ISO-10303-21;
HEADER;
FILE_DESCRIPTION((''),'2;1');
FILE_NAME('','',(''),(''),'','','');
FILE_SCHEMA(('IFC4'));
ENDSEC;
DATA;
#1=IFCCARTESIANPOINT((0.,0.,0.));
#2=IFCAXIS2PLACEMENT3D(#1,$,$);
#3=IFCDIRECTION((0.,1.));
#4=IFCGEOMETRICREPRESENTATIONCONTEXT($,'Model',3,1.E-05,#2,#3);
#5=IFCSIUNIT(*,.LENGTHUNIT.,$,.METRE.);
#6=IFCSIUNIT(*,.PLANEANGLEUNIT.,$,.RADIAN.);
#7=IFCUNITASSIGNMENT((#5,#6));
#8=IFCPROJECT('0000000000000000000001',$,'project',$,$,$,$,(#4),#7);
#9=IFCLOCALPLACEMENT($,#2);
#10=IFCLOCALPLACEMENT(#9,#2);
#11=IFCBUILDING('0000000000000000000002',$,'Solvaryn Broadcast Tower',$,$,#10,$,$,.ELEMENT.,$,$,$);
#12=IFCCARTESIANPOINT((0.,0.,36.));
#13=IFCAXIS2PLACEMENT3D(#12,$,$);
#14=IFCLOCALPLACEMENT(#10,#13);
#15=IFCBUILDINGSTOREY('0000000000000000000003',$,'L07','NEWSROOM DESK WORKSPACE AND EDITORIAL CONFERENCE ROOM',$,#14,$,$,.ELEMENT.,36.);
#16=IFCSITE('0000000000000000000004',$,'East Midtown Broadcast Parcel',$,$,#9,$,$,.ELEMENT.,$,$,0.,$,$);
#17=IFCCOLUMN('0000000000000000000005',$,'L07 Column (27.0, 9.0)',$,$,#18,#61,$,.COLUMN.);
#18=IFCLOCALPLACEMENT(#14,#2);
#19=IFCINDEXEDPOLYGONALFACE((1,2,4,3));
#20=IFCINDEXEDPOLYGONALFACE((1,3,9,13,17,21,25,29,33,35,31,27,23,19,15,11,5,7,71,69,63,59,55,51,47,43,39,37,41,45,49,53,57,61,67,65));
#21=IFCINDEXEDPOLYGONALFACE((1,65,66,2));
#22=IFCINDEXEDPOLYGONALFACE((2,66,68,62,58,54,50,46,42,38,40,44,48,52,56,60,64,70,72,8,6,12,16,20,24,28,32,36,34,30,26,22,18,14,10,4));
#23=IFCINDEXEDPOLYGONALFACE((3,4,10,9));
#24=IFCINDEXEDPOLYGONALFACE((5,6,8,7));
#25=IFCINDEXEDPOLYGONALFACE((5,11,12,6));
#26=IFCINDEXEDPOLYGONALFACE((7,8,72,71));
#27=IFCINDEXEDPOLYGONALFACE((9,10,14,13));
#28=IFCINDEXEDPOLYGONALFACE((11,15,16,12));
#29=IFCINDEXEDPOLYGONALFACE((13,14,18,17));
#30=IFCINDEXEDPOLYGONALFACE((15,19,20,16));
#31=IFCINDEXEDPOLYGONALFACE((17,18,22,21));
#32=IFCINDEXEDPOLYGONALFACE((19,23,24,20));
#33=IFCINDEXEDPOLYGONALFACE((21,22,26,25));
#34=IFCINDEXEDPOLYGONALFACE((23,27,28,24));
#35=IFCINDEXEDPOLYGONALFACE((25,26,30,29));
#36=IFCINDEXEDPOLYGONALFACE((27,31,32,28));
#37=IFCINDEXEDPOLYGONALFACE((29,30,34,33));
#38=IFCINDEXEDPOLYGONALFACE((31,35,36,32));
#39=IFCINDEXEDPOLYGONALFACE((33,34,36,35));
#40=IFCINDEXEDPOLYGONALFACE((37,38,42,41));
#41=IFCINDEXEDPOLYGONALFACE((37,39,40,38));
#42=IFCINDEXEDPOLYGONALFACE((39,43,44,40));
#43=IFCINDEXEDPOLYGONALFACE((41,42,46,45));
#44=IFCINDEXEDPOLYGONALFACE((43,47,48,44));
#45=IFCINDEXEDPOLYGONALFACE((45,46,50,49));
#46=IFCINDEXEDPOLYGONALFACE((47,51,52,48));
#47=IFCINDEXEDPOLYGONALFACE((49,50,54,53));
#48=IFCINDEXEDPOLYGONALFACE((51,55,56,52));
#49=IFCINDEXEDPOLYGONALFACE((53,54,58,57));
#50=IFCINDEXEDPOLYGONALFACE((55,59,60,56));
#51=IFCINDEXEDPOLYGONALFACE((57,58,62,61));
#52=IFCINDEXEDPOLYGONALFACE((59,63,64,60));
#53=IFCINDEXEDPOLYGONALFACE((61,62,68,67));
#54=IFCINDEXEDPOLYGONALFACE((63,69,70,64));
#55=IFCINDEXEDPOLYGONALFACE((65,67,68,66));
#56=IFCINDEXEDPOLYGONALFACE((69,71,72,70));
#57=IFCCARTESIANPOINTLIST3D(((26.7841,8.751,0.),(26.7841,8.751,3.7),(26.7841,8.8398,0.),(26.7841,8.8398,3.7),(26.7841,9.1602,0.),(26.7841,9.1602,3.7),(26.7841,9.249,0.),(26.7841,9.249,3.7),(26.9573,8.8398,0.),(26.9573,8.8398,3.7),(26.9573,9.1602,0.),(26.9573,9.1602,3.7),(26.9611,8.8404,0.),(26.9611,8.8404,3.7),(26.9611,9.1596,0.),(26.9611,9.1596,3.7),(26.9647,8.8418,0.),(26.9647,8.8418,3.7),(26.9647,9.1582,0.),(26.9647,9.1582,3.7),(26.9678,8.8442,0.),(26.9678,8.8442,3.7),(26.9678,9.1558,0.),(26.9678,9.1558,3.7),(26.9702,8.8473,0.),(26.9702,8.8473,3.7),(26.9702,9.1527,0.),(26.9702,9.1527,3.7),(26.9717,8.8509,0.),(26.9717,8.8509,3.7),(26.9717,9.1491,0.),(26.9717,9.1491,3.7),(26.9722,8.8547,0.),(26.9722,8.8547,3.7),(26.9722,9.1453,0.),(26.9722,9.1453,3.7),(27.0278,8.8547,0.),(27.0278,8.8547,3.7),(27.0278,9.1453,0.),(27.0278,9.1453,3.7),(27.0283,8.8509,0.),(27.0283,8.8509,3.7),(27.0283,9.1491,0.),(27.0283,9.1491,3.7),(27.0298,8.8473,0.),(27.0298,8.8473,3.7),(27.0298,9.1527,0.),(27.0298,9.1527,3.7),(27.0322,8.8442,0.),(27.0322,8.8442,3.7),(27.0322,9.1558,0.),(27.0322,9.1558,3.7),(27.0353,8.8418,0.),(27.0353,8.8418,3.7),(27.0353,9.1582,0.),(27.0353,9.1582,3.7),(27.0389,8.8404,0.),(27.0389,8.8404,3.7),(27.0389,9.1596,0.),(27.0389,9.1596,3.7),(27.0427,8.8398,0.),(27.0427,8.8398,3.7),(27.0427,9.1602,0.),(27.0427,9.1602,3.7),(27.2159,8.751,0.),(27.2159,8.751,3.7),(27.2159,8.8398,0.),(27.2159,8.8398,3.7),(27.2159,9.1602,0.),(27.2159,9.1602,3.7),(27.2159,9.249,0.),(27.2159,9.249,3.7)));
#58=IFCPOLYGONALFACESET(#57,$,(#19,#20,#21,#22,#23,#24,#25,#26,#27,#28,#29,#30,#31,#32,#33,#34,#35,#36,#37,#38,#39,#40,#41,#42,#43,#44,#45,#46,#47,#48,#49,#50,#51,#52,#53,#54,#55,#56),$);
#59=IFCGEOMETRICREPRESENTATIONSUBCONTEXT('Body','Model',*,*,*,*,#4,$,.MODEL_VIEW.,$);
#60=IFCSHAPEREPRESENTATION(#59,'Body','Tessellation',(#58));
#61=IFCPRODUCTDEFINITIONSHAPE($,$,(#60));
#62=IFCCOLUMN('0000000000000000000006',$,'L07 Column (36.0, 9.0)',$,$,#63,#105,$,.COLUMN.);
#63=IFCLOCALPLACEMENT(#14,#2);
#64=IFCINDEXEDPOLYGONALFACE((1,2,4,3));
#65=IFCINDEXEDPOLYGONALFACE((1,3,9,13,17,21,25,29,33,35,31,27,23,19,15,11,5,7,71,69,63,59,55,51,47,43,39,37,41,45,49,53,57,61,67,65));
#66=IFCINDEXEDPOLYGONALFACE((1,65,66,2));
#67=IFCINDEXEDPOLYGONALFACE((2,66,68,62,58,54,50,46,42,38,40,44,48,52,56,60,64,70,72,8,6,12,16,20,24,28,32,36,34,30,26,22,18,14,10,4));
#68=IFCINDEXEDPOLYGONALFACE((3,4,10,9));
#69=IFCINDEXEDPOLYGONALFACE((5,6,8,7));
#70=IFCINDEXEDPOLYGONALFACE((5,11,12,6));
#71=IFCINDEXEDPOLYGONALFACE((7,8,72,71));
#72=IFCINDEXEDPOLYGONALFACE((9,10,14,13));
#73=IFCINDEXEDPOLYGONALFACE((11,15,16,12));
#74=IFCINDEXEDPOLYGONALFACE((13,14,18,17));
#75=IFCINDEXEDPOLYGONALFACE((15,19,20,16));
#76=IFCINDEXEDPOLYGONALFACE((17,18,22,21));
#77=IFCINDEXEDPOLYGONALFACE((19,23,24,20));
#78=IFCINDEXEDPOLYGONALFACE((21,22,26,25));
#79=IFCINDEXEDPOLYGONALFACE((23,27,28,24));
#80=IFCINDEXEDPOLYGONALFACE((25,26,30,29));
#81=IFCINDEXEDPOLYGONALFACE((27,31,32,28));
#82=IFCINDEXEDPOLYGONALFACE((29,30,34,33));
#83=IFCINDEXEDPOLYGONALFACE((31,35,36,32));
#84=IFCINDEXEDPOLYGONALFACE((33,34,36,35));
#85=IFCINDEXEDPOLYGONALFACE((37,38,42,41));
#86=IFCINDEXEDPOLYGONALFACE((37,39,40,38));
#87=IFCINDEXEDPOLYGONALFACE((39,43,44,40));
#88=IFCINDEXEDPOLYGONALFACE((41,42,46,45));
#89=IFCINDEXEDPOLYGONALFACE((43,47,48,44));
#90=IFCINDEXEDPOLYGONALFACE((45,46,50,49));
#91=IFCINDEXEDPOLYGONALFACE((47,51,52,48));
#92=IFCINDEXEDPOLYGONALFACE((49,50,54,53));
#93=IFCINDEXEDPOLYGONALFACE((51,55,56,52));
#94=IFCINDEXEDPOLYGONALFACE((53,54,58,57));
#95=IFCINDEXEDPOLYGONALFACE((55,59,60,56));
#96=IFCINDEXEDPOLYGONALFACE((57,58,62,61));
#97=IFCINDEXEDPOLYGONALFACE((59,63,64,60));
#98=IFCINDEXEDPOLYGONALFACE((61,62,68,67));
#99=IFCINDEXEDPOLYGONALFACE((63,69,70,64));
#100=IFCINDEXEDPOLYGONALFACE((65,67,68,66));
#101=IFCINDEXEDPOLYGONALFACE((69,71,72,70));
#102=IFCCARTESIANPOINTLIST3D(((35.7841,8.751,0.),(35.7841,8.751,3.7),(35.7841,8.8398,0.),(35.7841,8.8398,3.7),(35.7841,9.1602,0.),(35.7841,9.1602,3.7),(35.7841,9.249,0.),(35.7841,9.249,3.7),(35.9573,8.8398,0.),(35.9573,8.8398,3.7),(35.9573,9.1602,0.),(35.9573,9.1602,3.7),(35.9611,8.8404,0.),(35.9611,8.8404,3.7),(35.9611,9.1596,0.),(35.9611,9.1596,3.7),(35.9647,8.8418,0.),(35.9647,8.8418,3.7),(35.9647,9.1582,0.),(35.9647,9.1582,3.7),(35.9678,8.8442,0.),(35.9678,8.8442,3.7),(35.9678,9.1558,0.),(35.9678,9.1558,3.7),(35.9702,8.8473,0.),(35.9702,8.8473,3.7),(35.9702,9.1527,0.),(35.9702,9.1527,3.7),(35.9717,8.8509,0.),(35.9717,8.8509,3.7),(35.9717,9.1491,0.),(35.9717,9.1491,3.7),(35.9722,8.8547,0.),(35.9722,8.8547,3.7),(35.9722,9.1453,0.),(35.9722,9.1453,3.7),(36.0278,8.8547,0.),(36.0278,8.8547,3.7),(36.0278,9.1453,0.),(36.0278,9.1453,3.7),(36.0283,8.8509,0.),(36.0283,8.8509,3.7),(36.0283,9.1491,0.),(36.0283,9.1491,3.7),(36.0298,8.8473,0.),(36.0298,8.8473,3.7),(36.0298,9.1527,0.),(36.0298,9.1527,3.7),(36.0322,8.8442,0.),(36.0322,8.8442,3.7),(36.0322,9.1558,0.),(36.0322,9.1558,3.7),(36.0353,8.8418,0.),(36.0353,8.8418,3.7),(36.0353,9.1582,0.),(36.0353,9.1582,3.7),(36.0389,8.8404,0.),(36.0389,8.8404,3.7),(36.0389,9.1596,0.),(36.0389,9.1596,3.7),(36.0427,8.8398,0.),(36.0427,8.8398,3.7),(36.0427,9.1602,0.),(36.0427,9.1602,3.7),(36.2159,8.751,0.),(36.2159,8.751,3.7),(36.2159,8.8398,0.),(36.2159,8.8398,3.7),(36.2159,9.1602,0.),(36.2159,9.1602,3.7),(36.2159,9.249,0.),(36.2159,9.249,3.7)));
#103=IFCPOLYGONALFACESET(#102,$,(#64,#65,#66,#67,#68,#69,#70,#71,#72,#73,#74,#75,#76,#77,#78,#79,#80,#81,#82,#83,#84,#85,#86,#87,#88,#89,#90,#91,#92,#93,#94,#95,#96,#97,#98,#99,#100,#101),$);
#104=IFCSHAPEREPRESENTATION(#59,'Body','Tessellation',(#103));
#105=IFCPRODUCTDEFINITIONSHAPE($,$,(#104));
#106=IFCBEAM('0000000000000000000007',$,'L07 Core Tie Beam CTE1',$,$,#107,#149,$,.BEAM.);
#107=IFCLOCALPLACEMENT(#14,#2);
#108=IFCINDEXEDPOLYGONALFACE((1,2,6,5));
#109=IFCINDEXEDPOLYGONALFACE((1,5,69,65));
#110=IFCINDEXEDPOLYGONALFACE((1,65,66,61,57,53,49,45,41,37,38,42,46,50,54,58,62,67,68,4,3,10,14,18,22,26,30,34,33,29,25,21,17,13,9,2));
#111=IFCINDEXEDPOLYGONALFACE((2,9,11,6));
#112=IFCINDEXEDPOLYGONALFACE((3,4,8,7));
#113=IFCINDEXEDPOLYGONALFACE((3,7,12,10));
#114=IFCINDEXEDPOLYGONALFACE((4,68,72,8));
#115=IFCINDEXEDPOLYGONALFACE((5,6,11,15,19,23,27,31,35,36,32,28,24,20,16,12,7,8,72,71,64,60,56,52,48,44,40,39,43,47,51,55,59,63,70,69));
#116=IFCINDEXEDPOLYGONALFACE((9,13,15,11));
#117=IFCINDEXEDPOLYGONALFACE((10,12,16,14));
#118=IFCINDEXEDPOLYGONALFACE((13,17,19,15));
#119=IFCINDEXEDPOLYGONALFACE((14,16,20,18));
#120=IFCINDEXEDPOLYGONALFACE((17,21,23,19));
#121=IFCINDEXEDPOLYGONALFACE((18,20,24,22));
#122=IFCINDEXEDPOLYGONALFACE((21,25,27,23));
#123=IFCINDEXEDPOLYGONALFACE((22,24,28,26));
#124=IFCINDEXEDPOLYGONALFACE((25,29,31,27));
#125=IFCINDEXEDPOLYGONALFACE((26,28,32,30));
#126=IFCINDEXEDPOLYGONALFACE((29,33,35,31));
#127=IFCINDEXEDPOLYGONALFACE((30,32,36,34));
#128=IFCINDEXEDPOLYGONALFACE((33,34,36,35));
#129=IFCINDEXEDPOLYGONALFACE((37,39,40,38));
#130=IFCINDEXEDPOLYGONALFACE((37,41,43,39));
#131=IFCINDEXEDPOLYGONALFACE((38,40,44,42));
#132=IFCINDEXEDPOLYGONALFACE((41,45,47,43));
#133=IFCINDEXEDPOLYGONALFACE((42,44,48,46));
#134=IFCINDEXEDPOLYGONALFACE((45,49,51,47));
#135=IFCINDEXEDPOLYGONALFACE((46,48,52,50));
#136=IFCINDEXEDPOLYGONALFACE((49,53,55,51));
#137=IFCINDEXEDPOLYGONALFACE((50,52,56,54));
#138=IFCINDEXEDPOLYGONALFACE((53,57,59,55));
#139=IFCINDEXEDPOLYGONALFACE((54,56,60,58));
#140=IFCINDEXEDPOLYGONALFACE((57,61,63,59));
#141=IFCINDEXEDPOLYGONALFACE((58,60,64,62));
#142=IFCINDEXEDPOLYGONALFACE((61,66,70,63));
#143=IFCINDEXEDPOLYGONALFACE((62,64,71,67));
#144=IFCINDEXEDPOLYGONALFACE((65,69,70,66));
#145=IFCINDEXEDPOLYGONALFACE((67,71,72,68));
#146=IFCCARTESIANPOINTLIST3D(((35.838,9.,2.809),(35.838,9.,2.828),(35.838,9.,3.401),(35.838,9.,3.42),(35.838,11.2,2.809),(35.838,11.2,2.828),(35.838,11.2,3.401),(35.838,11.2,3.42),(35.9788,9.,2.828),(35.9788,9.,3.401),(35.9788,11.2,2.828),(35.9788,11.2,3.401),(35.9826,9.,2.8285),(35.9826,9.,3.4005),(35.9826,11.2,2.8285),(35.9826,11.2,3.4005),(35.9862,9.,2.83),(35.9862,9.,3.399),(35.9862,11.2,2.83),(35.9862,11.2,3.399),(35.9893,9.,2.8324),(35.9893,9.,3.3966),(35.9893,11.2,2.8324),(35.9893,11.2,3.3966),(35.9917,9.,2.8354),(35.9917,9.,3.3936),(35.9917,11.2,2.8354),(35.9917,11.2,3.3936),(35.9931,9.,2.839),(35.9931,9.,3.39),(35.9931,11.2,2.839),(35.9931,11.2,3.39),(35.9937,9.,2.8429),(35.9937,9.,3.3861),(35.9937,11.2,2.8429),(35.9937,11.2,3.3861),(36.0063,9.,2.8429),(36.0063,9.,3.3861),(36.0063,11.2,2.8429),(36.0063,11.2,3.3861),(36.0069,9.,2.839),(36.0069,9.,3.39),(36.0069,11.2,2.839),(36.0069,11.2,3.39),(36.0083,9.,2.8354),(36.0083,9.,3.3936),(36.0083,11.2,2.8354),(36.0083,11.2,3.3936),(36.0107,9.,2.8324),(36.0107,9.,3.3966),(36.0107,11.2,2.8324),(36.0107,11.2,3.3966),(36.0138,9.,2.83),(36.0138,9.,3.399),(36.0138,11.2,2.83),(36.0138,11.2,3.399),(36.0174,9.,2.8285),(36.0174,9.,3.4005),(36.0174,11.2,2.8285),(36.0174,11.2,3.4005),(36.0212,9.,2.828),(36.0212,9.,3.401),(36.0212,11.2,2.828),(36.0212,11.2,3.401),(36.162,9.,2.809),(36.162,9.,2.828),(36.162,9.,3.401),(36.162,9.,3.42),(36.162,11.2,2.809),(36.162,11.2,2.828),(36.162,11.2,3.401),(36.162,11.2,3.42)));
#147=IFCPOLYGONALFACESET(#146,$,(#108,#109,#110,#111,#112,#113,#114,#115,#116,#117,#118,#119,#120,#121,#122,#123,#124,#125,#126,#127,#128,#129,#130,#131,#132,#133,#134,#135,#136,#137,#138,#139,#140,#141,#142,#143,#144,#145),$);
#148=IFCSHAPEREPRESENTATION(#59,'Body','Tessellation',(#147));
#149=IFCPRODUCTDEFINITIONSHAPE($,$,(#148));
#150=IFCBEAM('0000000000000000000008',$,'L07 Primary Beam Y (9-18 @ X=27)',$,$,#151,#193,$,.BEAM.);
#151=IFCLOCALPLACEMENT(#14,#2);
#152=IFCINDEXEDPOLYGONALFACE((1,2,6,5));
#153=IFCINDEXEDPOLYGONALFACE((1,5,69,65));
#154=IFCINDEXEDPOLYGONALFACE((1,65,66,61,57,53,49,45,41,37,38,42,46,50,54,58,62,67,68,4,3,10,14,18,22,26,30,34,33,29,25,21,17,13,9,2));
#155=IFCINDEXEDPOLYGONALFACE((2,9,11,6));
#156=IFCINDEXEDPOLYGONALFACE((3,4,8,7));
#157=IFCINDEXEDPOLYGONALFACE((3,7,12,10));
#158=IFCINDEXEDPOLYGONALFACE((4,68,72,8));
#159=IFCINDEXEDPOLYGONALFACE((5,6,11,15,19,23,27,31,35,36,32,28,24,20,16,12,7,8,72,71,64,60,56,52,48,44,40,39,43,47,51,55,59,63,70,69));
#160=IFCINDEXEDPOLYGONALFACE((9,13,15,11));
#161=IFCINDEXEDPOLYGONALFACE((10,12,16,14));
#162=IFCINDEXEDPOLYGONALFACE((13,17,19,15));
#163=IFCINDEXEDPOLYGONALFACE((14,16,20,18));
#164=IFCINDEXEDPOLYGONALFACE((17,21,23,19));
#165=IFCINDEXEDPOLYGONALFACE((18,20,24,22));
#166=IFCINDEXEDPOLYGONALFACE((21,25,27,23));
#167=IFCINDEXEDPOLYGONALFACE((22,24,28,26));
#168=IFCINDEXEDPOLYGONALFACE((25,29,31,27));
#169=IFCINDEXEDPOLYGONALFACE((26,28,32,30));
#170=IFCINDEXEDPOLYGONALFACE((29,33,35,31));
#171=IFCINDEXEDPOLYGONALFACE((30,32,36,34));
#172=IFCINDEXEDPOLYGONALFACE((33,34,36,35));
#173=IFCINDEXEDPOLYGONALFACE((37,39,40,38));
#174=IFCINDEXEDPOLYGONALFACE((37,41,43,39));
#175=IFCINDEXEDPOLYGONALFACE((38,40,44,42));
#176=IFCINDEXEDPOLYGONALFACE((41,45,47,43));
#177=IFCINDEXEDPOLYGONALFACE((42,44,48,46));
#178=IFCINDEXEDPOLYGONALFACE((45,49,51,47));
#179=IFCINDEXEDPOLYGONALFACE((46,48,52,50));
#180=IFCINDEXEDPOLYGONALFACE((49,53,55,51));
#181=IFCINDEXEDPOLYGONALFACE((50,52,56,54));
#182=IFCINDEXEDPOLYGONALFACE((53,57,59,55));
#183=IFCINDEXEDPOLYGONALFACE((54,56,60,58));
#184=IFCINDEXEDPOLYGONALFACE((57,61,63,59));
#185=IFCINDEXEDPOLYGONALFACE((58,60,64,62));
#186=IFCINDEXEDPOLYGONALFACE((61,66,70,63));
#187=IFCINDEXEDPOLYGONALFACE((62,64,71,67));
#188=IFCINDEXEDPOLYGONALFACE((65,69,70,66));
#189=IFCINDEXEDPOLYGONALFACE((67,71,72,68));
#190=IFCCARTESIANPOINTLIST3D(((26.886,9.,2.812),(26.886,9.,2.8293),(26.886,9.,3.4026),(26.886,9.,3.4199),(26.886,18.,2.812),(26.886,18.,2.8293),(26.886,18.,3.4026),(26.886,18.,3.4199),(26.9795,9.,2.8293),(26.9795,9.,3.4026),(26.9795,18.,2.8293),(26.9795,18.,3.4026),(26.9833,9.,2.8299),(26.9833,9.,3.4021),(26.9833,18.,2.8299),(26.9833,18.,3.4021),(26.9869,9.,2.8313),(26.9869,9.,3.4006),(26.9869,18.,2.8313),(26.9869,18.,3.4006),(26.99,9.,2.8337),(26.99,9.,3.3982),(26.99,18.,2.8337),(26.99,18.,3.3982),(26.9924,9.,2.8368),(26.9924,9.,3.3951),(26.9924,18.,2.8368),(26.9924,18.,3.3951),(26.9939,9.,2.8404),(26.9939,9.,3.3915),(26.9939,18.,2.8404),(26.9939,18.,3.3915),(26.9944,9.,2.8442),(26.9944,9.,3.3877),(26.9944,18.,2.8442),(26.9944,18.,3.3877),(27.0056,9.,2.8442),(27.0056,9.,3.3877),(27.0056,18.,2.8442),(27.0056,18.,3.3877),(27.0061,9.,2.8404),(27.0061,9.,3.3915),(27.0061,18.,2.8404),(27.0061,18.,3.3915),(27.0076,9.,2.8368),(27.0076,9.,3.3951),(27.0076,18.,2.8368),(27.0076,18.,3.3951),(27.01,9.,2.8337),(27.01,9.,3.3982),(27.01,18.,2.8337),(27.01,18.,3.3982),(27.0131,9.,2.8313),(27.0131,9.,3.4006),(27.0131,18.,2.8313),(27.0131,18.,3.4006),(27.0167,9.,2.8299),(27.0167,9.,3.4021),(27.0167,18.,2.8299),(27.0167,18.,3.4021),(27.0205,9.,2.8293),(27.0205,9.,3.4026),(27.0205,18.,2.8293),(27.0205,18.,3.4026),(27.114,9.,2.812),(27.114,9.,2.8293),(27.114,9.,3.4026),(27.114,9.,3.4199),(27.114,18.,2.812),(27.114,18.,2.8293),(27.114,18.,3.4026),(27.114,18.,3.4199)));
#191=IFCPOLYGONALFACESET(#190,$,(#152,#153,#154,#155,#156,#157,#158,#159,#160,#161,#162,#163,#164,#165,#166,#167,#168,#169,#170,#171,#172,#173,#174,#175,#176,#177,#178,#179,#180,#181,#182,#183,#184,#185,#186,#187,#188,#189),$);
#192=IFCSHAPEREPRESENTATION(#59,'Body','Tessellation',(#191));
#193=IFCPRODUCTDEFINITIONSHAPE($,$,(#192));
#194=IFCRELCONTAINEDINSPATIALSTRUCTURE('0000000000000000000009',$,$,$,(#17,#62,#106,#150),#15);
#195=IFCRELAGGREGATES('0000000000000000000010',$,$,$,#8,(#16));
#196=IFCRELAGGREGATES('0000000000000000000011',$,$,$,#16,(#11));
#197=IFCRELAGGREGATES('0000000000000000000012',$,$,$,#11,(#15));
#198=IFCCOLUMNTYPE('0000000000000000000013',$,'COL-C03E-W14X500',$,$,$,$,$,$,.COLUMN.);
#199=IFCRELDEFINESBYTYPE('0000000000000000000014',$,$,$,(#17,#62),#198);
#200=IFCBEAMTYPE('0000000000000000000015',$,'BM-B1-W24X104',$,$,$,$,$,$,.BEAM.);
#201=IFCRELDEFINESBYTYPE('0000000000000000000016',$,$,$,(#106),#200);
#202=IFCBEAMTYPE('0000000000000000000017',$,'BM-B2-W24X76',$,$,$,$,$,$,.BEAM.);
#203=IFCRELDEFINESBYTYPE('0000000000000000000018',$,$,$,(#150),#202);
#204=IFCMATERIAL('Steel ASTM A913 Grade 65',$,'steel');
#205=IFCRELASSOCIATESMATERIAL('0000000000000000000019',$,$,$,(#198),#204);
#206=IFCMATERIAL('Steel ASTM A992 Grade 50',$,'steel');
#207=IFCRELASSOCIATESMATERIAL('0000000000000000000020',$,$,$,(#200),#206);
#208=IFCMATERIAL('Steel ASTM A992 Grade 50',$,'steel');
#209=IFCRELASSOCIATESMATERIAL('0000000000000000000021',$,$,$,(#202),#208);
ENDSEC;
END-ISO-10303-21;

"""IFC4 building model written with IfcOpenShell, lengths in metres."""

from ifc_helpers import new_model, si_unit, direction, frame, origin, origin_2d, place, context, subcontext, project, spatial, i_section, extrude, material, material_profile, profile_set, type_object, element, save


model = new_model("IFC4")

# Units and contexts
model_context = context("Model", 3, precision=1e-05, world=origin(), true_north=direction((0.0, 1.0)))
body_context = subcontext(model_context, "Body", "Model", "MODEL_VIEW")
ifc_project = project(units=[si_unit("LENGTHUNIT", "METRE"), si_unit("PLANEANGLEUNIT", "RADIAN")], contexts=[model_context])

# Site, building, storey
site_placement = place(None, origin())
site = spatial("IfcSite", under=ifc_project, at=site_placement, Name="East Midtown Broadcast Parcel", CompositionType="ELEMENT", RefElevation=0.0)
building_placement = place(site_placement, origin())
building = spatial("IfcBuilding", under=site, at=building_placement, Name="Solvaryn Broadcast Tower", CompositionType="ELEMENT")
storey_placement = place(building_placement, frame((0.0, 0.0, 36.0)))
storey = spatial("IfcBuildingStorey", under=building, at=storey_placement, Name="L07", Description="NEWSROOM DESK WORKSPACE AND EDITORIAL CONFERENCE ROOM", CompositionType="ELEMENT", Elevation=36.0)

# Columns
ifc_material_1 = material(Name="Steel ASTM A913 Grade 65", Category="steel")
ifc_material_profile_1 = material_profile(ifc_material_1, i_section(OverallWidth=0.4319, OverallDepth=0.498, WebThickness=0.0557, FlangeThickness=0.0889, FilletRadius=0.0149, at=origin_2d()))
ifc_profile_set_1 = profile_set([ifc_material_profile_1], Name="Steel ASTM A913 Grade 65")
column_type = type_object("IfcColumnType", Name="COL-C03E-W14X500", PredefinedType="COLUMN", material=ifc_profile_set_1)
for number, where, z_axis, x_axis, name in (
    (1, (27.0, 9.0, 0.0), (0.0, 0.0, 1.0), (1.0, 0.0, 0.0), "L07 Column (27.0, 9.0)"),
    (2, (36.0, 9.0, 0.0), (0.0, 0.0, 1.0), (1.0, 0.0, 0.0), "L07 Column (36.0, 9.0)"),
):
    element("IfcColumn", number, at=place(storey_placement, frame(where, z_axis=z_axis, x_axis=x_axis)), inside=storey, type_object=column_type, Name=name, PredefinedType="COLUMN", context=body_context, shape_type="SweptSolid", body=[
        extrude(i_section(OverallWidth=0.4319, OverallDepth=0.498, WebThickness=0.0557, FlangeThickness=0.0889, FilletRadius=0.0149, at=origin_2d()), origin(), (0.0, 0.0, 1.0), 3.7),
    ])

# Beams
ifc_material_2 = material(Name="Steel ASTM A992 Grade 50", Category="steel")
ifc_material_profile_2 = material_profile(ifc_material_2, i_section(OverallWidth=0.324, OverallDepth=0.6111, WebThickness=0.0127, FlangeThickness=0.019, FilletRadius=0.0149, at=origin_2d()))
ifc_profile_set_2 = profile_set([ifc_material_profile_2], Name="Steel ASTM A992 Grade 50")
beam_type_1 = type_object("IfcBeamType", Name="BM-B1-W24X104", PredefinedType="BEAM", material=ifc_profile_set_2)
beam_1_placement = place(storey_placement, frame((36.0, 9.0, 3.1145), z_axis=(0.0, 1.0, 0.0), x_axis=(-1.0, 0.0, 0.0)))
element("IfcBeam", 3, at=beam_1_placement, inside=storey, type_object=beam_type_1, Name="L07 Core Tie Beam CTE1", PredefinedType="BEAM", context=body_context, shape_type="SweptSolid", body=[
    extrude(i_section(OverallWidth=0.324, OverallDepth=0.6111, WebThickness=0.0127, FlangeThickness=0.019, FilletRadius=0.0149, at=origin_2d()), origin(), (0.0, 0.0, 1.0), 2.2),
])
ifc_material_3 = material(Name="Steel ASTM A992 Grade 50", Category="steel")
ifc_material_profile_3 = material_profile(ifc_material_3, i_section(OverallWidth=0.228, OverallDepth=0.6079, WebThickness=0.0112, FlangeThickness=0.0173, FilletRadius=0.0149, at=origin_2d()))
ifc_profile_set_3 = profile_set([ifc_material_profile_3], Name="Steel ASTM A992 Grade 50")
beam_type_2 = type_object("IfcBeamType", Name="BM-B2-W24X76", PredefinedType="BEAM", material=ifc_profile_set_3)
beam_2_placement = place(storey_placement, frame((27.0, 9.0, 3.116), z_axis=(0.0, 1.0, 0.0), x_axis=(-1.0, 0.0, 0.0)))
element("IfcBeam", 4, at=beam_2_placement, inside=storey, type_object=beam_type_2, Name="L07 Primary Beam Y (9-18 @ X=27)", PredefinedType="BEAM", context=body_context, shape_type="SweptSolid", body=[
    extrude(i_section(OverallWidth=0.228, OverallDepth=0.6079, WebThickness=0.0112, FlangeThickness=0.0173, FilletRadius=0.0149, at=origin_2d()), origin(), (0.0, 0.0, 1.0), 9.0),
])

save(model, "model.ifc")
